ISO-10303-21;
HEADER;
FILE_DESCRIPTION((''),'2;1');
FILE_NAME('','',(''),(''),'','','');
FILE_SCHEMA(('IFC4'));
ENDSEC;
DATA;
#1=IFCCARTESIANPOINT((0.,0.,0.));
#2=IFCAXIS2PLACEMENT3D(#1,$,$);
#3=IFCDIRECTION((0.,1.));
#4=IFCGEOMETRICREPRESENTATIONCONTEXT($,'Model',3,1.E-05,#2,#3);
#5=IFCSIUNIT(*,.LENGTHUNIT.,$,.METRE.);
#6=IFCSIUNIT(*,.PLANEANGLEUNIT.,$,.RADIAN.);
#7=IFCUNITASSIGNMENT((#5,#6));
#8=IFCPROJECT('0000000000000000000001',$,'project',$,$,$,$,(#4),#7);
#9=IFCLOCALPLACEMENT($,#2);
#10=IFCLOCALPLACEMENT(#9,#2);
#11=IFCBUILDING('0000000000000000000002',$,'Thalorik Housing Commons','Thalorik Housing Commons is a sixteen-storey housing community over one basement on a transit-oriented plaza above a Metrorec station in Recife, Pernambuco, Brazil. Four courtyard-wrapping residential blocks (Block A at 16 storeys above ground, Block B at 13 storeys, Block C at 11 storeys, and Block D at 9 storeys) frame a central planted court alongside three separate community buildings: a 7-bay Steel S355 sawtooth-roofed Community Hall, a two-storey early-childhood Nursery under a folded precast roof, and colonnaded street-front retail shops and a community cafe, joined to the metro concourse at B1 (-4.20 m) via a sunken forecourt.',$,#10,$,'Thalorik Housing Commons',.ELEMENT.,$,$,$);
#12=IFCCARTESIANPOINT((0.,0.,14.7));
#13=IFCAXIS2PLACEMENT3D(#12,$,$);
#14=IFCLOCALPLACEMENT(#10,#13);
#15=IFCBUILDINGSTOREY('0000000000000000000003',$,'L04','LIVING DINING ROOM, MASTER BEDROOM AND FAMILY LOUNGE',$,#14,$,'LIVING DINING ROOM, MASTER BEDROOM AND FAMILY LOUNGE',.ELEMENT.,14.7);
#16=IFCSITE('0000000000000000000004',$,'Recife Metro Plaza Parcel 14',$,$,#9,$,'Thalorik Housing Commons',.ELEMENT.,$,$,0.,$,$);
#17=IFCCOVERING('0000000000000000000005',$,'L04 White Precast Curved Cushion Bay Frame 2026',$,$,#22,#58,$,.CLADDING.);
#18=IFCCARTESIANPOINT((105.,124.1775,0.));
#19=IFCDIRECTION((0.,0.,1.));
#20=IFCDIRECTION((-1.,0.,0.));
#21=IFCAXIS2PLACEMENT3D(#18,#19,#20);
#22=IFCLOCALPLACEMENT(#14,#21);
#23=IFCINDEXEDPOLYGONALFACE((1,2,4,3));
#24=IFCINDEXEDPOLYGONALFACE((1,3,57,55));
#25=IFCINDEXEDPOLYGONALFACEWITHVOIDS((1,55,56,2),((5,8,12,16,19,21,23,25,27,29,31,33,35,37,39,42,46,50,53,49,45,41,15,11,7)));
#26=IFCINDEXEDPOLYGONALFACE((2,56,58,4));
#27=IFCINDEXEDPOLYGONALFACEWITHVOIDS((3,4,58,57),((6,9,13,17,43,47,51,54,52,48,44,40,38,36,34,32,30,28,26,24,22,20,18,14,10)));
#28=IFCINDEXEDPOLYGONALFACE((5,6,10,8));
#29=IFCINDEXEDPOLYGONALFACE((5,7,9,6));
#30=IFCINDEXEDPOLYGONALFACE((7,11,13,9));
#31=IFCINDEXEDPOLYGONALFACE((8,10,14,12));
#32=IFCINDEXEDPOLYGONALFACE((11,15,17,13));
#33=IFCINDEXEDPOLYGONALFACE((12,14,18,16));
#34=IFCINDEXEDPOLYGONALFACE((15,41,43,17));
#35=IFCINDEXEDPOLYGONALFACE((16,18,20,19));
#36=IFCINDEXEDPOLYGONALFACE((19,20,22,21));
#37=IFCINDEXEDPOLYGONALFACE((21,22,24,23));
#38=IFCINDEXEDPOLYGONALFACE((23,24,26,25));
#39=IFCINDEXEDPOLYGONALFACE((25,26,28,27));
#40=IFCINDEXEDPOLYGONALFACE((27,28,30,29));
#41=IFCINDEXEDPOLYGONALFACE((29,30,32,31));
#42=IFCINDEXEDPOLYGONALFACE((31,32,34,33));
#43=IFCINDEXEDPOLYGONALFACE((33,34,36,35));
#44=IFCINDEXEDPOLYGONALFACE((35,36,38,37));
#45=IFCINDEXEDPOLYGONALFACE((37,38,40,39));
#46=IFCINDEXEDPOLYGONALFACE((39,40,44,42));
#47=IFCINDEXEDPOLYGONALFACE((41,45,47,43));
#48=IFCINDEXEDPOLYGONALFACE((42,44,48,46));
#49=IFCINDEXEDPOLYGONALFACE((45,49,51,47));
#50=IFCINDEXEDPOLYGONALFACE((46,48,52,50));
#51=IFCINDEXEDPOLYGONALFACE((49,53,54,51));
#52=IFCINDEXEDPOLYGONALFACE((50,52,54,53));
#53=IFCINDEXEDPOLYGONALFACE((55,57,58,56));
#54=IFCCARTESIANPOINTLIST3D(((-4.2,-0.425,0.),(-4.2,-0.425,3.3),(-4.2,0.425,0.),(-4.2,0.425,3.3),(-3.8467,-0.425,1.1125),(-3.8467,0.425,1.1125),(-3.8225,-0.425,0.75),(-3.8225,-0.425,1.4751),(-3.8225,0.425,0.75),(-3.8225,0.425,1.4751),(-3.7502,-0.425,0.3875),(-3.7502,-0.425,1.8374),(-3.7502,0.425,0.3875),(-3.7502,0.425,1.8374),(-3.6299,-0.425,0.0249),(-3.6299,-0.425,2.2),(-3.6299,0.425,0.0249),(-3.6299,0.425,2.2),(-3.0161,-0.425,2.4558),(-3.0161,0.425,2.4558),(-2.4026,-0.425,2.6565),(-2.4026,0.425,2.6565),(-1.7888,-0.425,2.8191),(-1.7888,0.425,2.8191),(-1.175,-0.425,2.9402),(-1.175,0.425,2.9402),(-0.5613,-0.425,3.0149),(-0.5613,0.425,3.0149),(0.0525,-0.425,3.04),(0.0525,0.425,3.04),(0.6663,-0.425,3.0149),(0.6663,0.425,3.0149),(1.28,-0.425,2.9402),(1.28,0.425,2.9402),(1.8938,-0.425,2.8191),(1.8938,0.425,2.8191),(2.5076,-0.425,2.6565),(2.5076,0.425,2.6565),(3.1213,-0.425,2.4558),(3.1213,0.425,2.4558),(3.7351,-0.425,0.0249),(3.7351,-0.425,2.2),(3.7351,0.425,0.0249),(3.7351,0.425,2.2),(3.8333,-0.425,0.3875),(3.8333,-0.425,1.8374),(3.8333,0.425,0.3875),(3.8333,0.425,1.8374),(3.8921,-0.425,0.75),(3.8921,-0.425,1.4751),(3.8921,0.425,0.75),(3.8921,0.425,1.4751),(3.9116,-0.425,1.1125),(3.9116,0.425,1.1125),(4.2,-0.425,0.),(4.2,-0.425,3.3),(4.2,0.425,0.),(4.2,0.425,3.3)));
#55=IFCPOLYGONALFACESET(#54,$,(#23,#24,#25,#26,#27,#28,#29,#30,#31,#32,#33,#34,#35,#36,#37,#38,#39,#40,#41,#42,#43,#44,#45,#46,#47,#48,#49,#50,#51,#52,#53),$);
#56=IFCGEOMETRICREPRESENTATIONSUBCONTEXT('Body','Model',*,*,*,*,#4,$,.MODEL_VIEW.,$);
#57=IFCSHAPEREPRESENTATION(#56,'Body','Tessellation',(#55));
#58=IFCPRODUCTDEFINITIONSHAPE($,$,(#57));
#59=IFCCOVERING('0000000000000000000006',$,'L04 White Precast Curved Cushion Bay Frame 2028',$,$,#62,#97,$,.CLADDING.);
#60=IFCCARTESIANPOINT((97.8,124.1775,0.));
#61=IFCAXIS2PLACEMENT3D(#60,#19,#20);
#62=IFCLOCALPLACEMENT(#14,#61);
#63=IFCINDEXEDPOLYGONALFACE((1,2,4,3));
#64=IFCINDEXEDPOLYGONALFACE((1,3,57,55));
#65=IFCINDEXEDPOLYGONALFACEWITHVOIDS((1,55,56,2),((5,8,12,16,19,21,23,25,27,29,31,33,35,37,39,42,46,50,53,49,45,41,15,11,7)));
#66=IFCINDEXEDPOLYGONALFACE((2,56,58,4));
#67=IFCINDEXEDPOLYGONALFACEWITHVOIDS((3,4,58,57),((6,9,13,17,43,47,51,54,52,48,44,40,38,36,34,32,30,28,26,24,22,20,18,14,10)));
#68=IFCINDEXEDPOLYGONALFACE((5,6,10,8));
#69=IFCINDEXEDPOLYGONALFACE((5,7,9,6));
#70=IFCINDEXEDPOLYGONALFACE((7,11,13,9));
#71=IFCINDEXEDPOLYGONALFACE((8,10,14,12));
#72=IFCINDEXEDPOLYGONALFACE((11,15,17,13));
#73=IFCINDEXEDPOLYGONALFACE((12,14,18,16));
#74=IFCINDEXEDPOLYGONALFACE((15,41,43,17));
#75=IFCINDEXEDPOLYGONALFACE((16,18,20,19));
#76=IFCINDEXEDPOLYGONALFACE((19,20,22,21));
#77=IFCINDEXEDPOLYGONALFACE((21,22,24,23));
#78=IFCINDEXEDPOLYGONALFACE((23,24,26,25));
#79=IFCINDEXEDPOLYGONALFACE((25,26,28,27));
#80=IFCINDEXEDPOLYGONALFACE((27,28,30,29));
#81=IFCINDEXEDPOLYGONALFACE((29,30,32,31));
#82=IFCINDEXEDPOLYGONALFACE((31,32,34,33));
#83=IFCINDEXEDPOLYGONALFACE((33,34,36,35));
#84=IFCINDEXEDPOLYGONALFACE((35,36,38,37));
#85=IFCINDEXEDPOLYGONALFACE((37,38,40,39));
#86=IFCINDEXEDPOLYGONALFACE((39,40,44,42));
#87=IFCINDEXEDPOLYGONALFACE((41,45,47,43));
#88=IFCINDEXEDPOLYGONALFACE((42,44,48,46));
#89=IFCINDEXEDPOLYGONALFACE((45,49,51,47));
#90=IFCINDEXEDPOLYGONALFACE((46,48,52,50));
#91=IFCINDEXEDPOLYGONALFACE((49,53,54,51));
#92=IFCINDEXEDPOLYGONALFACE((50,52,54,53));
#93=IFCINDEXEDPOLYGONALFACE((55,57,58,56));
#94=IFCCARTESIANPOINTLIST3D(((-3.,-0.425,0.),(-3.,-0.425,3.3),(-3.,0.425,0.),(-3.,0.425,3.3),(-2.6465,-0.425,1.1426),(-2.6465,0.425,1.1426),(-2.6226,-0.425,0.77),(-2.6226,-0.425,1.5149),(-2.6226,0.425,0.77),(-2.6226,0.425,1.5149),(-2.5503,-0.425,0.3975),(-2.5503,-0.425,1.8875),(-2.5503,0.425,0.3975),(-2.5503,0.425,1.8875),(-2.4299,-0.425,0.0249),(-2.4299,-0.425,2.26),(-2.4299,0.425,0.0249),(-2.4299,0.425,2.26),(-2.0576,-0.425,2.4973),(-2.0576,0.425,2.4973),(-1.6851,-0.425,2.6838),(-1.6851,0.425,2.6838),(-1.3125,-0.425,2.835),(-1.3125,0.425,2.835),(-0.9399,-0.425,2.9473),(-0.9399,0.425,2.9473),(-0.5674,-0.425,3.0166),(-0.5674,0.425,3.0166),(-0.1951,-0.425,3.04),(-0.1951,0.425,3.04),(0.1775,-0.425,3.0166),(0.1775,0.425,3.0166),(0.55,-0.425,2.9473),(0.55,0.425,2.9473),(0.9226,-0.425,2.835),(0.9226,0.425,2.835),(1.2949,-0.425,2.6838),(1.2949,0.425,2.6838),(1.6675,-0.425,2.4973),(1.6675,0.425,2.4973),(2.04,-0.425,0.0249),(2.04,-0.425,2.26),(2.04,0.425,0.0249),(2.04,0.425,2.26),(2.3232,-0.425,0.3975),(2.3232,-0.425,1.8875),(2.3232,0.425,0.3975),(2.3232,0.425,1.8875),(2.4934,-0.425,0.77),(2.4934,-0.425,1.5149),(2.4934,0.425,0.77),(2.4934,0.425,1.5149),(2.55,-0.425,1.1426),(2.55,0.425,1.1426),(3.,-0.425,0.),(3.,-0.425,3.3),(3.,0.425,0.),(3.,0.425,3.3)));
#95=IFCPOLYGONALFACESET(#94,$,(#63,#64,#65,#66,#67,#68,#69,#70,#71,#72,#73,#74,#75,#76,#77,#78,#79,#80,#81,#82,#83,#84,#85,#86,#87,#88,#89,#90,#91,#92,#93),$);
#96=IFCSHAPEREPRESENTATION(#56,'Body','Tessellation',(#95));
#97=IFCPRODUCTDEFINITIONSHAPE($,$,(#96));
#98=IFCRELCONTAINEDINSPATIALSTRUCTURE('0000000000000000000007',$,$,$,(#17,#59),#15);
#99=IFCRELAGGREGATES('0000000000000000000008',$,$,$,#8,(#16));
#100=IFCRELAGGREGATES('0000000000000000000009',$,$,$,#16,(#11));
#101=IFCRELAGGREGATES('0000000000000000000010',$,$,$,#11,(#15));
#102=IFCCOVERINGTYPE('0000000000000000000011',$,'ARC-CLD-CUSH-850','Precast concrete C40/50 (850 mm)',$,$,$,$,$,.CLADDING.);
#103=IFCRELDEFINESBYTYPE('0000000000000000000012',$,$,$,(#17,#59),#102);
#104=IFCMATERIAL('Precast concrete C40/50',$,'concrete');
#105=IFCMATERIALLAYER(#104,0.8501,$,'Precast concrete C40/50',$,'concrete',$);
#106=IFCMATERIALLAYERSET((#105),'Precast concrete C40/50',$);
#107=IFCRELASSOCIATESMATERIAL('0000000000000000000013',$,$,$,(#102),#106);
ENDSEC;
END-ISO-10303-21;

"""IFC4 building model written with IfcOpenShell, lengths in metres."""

from ifc_helpers import new_model, si_unit, direction, frame, origin, place, context, subcontext, project, spatial, polyline, outline, extrude, material, layer, layer_set, type_object, element, save


model = new_model("IFC4")

# Units and contexts
model_context = context("Model", 3, precision=1e-05, world=origin(), true_north=direction((0.0, 1.0)))
body_context = subcontext(model_context, "Body", "Model", "MODEL_VIEW")
ifc_project = project(units=[si_unit("LENGTHUNIT", "METRE"), si_unit("PLANEANGLEUNIT", "RADIAN")], contexts=[model_context])

# Site, building, storey
site_placement = place(None, origin())
site = spatial("IfcSite", under=ifc_project, at=site_placement, Name="Recife Metro Plaza Parcel 14", LongName="Thalorik Housing Commons", CompositionType="ELEMENT", RefElevation=0.0)
building_placement = place(site_placement, origin())
building = spatial("IfcBuilding", under=site, at=building_placement, Name="Thalorik Housing Commons", Description="Thalorik Housing Commons is a sixteen-storey housing community over one basement on a transit-oriented plaza above a Metrorec station in Recife, Pernambuco, Brazil. Four courtyard-wrapping residential blocks (Block A at 16 storeys above ground, Block B at 13 storeys, Block C at 11 storeys, and Block D at 9 storeys) frame a central planted court alongside three separate community buildings: a 7-bay Steel S355 sawtooth-roofed Community Hall, a two-storey early-childhood Nursery under a folded precast roof, and colonnaded street-front retail shops and a community cafe, joined to the metro concourse at B1 (-4.20 m) via a sunken forecourt.", LongName="Thalorik Housing Commons", CompositionType="ELEMENT")
storey_placement = place(building_placement, frame((0.0, 0.0, 14.7)))
storey = spatial("IfcBuildingStorey", under=building, at=storey_placement, Name="L04", Description="LIVING DINING ROOM, MASTER BEDROOM AND FAMILY LOUNGE", LongName="LIVING DINING ROOM, MASTER BEDROOM AND FAMILY LOUNGE", CompositionType="ELEMENT", Elevation=14.7)

# Shared definitions
ifc_material_1 = material(Name="Precast concrete C40/50", Category="concrete")

# Coverings
ifc_layer_1 = layer(ifc_material_1, 0.8501, Name="Precast concrete C40/50", Category="concrete")
ifc_layer_set_1 = layer_set([ifc_layer_1], Name="Precast concrete C40/50")
covering_type_1 = type_object("IfcCoveringType", Name="ARC-CLD-CUSH-850", Description="Precast concrete C40/50 (850 mm)", PredefinedType="CLADDING", material=ifc_layer_set_1)
covering_1_placement = place(storey_placement, frame((105.0, 124.1775, 0.0), z_axis=(0.0, 0.0, 1.0), x_axis=(-1.0, 0.0, 0.0)))
element("IfcCovering", 1, at=covering_1_placement, inside=storey, type_object=covering_type_1, Name="L04 White Precast Curved Cushion Bay Frame 2026", PredefinedType="CLADDING", context=body_context, shape_type="SweptSolid", body=[
    extrude(outline(polyline([(-4.2, 0.0), (4.2, 0.0), (4.2, 3.3), (-4.2, 3.3), (-4.2, 0.0)]), holes=[polyline([(3.7351, 0.0249), (3.8333, 0.3875), (3.8921, 0.75), (3.9116, 1.1125), (3.8921, 1.4751), (3.8333, 1.8374), (3.7351, 2.2), (3.1213, 2.4558), (2.5076, 2.6565), (1.8938, 2.8191), (1.28, 2.9402), (0.6663, 3.0149), (0.0525, 3.04), (-0.5613, 3.0149), (-1.175, 2.9402), (-1.7888, 2.8191), (-2.4026, 2.6565), (-3.0161, 2.4558), (-3.6299, 2.2), (-3.7502, 1.8374), (-3.8225, 1.4751), (-3.8467, 1.1125), (-3.8225, 0.75), (-3.7502, 0.3875), (-3.6299, 0.0249), (3.7351, 0.0249)])]), frame((0.0, 0.425, 0.0), z_axis=(0.0, -1.0, 0.0), x_axis=(1.0, 0.0, 0.0)), (0.0, 0.0, 1.0), 0.8501),
])
covering_2_placement = place(storey_placement, frame((97.8, 124.1775, 0.0), z_axis=(0.0, 0.0, 1.0), x_axis=(-1.0, 0.0, 0.0)))
element("IfcCovering", 2, at=covering_2_placement, inside=storey, type_object=covering_type_1, Name="L04 White Precast Curved Cushion Bay Frame 2028", PredefinedType="CLADDING", context=body_context, shape_type="SweptSolid", body=[
    extrude(outline(polyline([(-3.0, 0.0), (3.0, 0.0), (3.0, 3.3), (-3.0, 3.3), (-3.0, 0.0)]), holes=[polyline([(2.04, 0.0249), (2.3232, 0.3975), (2.4934, 0.77), (2.55, 1.1426), (2.4934, 1.5149), (2.3232, 1.8875), (2.04, 2.26), (1.6675, 2.4973), (1.2949, 2.6838), (0.9226, 2.835), (0.55, 2.9473), (0.1775, 3.0166), (-0.1951, 3.04), (-0.5674, 3.0166), (-0.9399, 2.9473), (-1.3125, 2.835), (-1.6851, 2.6838), (-2.0576, 2.4973), (-2.4299, 2.26), (-2.5503, 1.8875), (-2.6226, 1.5149), (-2.6465, 1.1426), (-2.6226, 0.77), (-2.5503, 0.3975), (-2.4299, 0.0249), (2.04, 0.0249)])]), frame((0.0, 0.425, 0.0), z_axis=(0.0, -1.0, 0.0), x_axis=(1.0, 0.0, 0.0)), (0.0, 0.0, 1.0), 0.8501),
])

save(model, "model.ifc")
